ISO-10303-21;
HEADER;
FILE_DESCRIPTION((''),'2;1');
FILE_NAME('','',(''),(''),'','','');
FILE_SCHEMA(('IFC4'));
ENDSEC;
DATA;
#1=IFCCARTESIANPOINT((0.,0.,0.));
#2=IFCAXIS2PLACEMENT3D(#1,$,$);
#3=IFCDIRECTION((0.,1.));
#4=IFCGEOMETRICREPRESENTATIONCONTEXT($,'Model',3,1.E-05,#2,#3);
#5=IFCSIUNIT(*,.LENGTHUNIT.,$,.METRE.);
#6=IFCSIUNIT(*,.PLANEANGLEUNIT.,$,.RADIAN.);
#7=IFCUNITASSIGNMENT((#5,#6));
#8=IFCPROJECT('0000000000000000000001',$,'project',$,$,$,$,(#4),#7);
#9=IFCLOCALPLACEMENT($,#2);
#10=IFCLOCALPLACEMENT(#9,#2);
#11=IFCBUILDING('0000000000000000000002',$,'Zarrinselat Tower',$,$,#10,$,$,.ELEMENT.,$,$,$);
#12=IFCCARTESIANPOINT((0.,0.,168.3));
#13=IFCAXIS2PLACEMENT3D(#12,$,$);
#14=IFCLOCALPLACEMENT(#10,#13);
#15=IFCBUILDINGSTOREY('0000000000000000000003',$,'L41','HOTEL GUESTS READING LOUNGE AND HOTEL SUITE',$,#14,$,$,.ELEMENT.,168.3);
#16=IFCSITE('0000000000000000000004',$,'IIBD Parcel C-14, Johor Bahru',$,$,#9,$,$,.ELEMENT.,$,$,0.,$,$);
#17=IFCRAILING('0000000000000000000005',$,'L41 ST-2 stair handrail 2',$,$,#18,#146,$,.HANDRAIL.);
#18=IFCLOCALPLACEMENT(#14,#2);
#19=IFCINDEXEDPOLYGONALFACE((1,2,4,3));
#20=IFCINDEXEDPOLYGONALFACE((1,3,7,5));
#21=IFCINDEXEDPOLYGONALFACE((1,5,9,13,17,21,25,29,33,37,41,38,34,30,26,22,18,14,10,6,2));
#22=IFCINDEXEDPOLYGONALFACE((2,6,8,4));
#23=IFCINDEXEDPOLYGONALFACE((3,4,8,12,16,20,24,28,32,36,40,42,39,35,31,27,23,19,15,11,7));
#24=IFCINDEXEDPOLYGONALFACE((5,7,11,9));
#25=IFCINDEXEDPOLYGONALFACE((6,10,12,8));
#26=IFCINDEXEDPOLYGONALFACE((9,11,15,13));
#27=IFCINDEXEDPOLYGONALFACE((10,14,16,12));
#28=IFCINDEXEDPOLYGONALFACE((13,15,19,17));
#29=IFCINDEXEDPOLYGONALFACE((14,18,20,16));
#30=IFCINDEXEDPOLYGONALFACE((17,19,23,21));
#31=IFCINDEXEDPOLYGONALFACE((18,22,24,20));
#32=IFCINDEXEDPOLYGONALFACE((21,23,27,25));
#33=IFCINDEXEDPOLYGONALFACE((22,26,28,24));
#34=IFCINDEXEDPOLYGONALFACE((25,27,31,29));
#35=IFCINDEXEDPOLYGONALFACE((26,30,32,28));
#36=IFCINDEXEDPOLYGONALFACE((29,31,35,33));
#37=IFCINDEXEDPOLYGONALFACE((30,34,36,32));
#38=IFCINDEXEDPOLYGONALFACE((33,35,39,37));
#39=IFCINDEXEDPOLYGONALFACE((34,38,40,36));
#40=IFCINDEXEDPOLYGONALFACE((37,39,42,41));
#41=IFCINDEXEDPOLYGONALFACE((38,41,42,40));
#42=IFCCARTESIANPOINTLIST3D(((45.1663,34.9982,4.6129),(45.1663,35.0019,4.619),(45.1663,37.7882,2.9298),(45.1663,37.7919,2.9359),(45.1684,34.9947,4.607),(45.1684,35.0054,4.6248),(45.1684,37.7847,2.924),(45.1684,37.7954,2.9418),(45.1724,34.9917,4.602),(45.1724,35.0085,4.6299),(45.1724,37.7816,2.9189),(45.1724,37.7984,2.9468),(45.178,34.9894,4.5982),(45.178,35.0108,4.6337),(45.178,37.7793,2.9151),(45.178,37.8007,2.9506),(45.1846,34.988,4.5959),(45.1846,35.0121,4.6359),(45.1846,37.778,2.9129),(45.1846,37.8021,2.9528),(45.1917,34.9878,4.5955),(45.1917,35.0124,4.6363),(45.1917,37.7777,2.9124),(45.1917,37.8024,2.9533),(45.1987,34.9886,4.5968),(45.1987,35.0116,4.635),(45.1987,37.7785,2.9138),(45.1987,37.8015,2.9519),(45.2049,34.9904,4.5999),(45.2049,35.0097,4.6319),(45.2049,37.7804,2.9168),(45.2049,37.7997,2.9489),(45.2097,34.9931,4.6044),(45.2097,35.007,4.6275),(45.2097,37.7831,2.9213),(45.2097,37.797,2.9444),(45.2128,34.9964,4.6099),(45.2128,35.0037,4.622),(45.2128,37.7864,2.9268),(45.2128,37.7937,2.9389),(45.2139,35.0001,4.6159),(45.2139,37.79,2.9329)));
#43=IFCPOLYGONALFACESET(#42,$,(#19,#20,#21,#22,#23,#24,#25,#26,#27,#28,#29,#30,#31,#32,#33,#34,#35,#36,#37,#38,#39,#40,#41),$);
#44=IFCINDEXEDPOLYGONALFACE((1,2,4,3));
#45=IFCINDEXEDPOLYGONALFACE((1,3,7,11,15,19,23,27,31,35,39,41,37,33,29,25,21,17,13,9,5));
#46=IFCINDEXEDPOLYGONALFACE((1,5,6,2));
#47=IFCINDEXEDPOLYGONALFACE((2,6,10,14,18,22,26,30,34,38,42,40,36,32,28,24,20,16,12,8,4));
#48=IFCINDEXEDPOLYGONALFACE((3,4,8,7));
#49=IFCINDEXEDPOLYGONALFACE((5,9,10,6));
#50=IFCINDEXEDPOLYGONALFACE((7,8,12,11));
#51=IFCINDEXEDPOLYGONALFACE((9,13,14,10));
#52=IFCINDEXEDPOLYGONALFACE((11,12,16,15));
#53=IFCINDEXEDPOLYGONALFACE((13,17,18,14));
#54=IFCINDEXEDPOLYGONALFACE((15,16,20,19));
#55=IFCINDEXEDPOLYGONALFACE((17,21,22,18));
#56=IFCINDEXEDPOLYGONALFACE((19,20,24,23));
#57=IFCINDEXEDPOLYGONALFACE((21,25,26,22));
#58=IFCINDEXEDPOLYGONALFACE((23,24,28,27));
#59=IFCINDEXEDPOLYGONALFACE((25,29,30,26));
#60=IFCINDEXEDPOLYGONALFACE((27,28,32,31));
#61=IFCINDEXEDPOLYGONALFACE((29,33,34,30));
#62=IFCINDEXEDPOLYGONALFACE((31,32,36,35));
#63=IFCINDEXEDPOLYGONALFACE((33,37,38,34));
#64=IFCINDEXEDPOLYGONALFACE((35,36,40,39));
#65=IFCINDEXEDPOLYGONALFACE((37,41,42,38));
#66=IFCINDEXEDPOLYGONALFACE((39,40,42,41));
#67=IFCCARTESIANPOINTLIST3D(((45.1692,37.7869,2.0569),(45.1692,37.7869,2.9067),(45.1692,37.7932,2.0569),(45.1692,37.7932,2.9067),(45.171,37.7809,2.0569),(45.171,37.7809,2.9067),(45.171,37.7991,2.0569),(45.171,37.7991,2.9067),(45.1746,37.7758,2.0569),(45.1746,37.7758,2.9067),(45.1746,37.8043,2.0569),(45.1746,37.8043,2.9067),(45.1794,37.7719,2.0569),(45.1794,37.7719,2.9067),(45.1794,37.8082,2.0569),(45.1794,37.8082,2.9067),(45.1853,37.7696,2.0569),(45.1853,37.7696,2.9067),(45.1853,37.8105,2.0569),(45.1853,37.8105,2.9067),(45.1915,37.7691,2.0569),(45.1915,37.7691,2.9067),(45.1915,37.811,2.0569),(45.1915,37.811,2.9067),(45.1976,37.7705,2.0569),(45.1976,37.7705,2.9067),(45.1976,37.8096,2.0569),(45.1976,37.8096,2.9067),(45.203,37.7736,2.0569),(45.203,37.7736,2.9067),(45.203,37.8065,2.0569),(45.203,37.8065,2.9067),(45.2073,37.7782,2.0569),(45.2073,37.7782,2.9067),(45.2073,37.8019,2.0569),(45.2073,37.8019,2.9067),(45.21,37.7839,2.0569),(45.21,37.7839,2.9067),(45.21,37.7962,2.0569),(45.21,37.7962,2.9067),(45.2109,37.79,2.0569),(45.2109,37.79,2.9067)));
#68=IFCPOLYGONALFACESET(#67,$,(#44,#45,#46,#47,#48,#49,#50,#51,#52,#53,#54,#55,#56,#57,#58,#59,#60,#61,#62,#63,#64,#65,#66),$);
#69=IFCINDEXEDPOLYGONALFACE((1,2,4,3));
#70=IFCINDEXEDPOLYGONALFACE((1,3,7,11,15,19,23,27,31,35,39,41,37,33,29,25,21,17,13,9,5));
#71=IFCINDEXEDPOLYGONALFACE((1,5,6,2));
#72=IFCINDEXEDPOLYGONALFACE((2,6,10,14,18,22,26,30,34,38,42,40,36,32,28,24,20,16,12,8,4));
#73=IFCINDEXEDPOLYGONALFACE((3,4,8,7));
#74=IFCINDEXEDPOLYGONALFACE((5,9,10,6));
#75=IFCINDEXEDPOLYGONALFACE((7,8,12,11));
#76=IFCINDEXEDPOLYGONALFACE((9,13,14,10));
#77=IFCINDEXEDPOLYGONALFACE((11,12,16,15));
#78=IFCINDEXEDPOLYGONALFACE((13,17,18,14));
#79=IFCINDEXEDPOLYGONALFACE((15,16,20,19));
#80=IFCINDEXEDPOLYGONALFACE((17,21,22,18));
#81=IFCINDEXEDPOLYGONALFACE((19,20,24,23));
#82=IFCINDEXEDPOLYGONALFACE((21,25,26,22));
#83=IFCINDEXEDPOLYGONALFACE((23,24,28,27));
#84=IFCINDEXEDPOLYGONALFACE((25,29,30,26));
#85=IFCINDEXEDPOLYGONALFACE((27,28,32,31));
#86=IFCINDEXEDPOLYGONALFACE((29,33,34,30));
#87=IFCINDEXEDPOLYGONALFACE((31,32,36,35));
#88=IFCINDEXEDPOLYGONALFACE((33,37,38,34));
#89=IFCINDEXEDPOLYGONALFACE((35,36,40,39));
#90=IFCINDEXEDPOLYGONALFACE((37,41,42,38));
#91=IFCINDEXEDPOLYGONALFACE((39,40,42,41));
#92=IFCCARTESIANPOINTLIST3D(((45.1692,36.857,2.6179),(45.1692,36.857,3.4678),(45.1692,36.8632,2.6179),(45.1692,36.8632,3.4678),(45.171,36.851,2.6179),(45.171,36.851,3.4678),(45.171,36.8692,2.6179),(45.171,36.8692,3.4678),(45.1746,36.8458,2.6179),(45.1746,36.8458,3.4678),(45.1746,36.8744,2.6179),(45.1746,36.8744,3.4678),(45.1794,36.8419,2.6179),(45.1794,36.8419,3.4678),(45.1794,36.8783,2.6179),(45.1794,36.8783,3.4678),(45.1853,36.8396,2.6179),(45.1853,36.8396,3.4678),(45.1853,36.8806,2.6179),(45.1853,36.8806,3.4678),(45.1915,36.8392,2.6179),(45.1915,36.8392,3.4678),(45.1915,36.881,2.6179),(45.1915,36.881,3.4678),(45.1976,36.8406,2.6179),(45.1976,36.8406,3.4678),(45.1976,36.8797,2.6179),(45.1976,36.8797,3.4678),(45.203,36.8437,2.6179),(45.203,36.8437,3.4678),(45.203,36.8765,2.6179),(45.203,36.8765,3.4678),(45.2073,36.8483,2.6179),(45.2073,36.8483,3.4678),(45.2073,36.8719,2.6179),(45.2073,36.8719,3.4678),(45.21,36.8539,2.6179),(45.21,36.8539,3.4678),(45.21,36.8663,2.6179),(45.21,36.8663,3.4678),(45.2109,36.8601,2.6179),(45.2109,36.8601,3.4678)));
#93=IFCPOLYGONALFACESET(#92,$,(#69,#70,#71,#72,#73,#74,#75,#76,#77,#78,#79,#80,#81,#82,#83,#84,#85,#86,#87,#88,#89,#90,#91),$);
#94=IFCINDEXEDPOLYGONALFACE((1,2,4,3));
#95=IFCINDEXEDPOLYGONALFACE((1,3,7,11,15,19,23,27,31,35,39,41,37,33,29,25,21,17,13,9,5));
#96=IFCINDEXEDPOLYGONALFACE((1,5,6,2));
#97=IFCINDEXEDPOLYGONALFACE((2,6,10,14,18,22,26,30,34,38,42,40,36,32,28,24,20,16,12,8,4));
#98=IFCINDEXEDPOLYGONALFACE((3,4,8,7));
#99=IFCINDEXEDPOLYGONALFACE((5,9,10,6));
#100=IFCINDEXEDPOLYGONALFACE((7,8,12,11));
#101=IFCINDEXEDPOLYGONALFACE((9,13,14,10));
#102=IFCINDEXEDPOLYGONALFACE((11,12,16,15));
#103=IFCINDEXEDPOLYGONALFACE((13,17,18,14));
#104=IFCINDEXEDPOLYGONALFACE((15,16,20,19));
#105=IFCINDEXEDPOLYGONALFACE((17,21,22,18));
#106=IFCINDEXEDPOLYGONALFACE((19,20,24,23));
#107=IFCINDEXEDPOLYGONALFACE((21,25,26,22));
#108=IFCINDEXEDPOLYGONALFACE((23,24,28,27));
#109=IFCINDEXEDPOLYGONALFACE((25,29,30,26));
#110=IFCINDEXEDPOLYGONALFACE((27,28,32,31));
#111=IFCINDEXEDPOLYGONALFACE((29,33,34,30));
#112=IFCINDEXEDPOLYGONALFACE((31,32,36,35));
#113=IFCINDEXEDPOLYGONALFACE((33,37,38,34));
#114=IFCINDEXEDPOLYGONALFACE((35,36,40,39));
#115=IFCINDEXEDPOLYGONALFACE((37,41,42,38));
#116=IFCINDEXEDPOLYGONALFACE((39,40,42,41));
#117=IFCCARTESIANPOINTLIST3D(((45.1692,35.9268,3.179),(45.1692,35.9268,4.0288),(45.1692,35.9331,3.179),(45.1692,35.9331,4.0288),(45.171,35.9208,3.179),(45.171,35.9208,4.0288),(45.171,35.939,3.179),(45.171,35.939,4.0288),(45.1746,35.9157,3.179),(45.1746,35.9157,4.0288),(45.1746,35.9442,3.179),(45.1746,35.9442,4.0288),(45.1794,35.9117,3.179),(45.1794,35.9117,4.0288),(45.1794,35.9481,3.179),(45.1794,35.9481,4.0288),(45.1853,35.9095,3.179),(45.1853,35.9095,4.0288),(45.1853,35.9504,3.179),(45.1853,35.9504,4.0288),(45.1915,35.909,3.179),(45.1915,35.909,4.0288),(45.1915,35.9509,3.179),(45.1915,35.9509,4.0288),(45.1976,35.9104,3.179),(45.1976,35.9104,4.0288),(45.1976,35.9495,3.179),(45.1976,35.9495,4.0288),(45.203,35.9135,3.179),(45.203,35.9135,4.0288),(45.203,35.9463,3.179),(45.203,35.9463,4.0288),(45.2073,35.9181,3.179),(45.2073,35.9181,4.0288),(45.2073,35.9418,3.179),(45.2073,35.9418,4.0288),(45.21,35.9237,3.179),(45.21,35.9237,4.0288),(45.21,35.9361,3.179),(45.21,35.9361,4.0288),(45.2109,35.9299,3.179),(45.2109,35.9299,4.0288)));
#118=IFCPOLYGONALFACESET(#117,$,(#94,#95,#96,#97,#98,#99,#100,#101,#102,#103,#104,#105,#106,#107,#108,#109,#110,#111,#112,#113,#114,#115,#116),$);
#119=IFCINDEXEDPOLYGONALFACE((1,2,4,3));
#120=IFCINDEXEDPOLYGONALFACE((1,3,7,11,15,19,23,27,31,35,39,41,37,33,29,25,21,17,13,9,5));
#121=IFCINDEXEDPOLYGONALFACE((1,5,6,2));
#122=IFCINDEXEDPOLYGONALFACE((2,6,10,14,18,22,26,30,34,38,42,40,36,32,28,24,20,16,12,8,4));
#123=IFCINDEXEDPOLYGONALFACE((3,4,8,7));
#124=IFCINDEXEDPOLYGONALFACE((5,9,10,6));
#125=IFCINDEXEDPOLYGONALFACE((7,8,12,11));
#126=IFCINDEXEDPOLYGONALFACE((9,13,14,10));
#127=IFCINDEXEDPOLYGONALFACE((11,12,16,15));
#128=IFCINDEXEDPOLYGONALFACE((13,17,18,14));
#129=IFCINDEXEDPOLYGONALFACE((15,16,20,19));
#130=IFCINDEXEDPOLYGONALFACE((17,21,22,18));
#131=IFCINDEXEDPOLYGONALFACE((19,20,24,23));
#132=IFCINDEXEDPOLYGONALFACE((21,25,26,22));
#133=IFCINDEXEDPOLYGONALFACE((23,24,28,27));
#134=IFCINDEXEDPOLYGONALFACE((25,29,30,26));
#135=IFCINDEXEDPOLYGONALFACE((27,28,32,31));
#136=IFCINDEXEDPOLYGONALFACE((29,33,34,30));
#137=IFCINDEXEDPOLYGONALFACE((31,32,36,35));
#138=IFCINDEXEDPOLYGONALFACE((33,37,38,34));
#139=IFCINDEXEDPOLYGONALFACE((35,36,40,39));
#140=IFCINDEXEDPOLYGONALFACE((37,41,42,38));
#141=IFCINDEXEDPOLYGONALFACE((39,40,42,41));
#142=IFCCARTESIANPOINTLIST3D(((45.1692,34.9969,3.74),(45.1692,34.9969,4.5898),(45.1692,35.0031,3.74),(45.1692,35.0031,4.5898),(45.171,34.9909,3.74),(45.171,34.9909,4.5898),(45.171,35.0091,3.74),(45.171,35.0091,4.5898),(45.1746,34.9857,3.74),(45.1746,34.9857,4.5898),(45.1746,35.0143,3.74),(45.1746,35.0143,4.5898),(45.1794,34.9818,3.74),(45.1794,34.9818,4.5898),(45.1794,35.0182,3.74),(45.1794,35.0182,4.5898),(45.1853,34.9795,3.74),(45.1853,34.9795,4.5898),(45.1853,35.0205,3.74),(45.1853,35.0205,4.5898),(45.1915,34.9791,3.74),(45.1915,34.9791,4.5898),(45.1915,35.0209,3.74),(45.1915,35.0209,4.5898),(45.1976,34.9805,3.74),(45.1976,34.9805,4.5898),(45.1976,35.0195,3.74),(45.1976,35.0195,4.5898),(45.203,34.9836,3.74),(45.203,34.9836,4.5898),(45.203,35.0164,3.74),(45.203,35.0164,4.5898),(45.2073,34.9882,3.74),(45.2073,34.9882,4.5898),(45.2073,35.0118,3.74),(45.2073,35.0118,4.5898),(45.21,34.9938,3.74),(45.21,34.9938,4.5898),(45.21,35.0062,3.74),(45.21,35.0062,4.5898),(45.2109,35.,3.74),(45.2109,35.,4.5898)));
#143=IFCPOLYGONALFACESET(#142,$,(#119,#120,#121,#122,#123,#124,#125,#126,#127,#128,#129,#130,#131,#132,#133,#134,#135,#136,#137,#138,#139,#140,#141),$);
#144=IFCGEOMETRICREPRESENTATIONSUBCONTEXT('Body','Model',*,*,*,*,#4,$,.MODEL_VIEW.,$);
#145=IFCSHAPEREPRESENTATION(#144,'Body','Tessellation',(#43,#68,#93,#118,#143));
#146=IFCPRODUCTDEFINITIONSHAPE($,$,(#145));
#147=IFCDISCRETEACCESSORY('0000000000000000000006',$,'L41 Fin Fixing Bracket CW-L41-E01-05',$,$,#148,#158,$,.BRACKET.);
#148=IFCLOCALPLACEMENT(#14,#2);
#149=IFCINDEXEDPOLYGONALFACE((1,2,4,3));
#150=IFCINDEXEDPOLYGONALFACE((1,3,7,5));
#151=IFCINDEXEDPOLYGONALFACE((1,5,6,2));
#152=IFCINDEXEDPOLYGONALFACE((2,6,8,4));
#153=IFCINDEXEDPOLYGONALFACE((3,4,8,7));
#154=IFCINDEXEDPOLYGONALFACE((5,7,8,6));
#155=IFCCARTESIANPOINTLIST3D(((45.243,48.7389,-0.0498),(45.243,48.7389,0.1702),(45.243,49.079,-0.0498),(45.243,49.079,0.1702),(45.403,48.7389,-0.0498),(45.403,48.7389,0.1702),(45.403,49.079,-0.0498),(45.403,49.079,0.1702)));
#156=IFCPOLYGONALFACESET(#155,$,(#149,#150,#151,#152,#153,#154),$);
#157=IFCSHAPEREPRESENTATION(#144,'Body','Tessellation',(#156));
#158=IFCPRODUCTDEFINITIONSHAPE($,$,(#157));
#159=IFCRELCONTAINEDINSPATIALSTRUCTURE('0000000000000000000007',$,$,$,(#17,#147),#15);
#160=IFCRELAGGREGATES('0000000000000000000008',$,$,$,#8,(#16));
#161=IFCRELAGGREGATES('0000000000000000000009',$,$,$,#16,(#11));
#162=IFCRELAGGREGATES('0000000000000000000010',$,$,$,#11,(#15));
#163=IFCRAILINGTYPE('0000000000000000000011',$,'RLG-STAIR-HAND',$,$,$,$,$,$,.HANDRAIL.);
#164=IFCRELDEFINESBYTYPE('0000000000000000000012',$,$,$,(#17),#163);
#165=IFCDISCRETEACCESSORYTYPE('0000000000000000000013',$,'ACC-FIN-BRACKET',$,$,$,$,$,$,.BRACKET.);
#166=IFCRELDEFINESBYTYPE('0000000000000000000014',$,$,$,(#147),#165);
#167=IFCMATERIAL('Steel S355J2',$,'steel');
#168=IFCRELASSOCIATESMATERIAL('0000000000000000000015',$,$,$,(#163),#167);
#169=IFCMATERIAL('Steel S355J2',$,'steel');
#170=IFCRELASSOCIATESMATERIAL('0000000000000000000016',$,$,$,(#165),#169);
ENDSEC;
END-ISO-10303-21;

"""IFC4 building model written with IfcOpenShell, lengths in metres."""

from ifc_helpers import new_model, si_unit, direction, frame, origin, origin_2d, place, context, subcontext, project, spatial, rectangle, circle, extrude, material, type_object, element, save


model = new_model("IFC4")

# Units and contexts
model_context = context("Model", 3, precision=1e-05, world=origin(), true_north=direction((0.0, 1.0)))
body_context = subcontext(model_context, "Body", "Model", "MODEL_VIEW")
ifc_project = project(units=[si_unit("LENGTHUNIT", "METRE"), si_unit("PLANEANGLEUNIT", "RADIAN")], contexts=[model_context])

# Site, building, storey
site_placement = place(None, origin())
site = spatial("IfcSite", under=ifc_project, at=site_placement, Name="IIBD Parcel C-14, Johor Bahru", CompositionType="ELEMENT", RefElevation=0.0)
building_placement = place(site_placement, origin())
building = spatial("IfcBuilding", under=site, at=building_placement, Name="Zarrinselat Tower", CompositionType="ELEMENT")
storey_placement = place(building_placement, frame((0.0, 0.0, 168.3)))
storey = spatial("IfcBuildingStorey", under=building, at=storey_placement, Name="L41", Description="HOTEL GUESTS READING LOUNGE AND HOTEL SUITE", CompositionType="ELEMENT", Elevation=168.3)

# Railing
ifc_material_1 = material(Name="Steel S355J2", Category="steel")
railing_type_1 = type_object("IfcRailingType", Name="RLG-STAIR-HAND", PredefinedType="HANDRAIL", material=ifc_material_1)
railing_1_placement = place(storey_placement, frame((45.1899, 37.79, 2.0569)))
element("IfcRailing", 1, at=railing_1_placement, inside=storey, type_object=railing_type_1, Name="L41 ST-2 stair handrail 2", PredefinedType="HANDRAIL", context=body_context, shape_type="SweptSolid", body=[
    extrude(circle(Radius=0.0239, at=origin_2d()), frame((0.0, 0.0, 0.876), z_axis=(0.0, -0.856261, 0.516544), x_axis=(1.0, 0.0, 0.0)), (0.0, 0.0, 1.0), 3.2583),
    extrude(circle(Radius=0.021, at=origin_2d()), origin(), (0.0, 0.0, 1.0), 0.8499),
    extrude(circle(Radius=0.021, at=origin_2d()), frame((0.0, -0.9299, 0.561)), (0.0, 0.0, 1.0), 0.8499),
    extrude(circle(Radius=0.021, at=origin_2d()), frame((0.0, -1.8601, 1.1221)), (0.0, 0.0, 1.0), 0.8499),
    extrude(circle(Radius=0.021, at=origin_2d()), frame((0.0, -2.79, 1.6831)), (0.0, 0.0, 1.0), 0.8499),
])

# Discrete accessory
ifc_material_2 = material(Name="Steel S355J2", Category="steel")
discrete_accessory_type = type_object("IfcDiscreteAccessoryType", Name="ACC-FIN-BRACKET", PredefinedType="BRACKET", material=ifc_material_2)
discrete_accessory_placement = place(storey_placement, frame((45.323, 48.9089, -0.0498), z_axis=(0.0, 0.0, 1.0), x_axis=(0.0, 1.0, 0.0)))
element("IfcDiscreteAccessory", 2, at=discrete_accessory_placement, inside=storey, type_object=discrete_accessory_type, Name="L41 Fin Fixing Bracket CW-L41-E01-05", PredefinedType="BRACKET", context=body_context, shape_type="SweptSolid", body=[
    extrude(rectangle(XDim=0.3401, YDim=0.1599, at=origin_2d()), origin(), (0.0, 0.0, 1.0), 0.22),
])

save(model, "model.ifc")
